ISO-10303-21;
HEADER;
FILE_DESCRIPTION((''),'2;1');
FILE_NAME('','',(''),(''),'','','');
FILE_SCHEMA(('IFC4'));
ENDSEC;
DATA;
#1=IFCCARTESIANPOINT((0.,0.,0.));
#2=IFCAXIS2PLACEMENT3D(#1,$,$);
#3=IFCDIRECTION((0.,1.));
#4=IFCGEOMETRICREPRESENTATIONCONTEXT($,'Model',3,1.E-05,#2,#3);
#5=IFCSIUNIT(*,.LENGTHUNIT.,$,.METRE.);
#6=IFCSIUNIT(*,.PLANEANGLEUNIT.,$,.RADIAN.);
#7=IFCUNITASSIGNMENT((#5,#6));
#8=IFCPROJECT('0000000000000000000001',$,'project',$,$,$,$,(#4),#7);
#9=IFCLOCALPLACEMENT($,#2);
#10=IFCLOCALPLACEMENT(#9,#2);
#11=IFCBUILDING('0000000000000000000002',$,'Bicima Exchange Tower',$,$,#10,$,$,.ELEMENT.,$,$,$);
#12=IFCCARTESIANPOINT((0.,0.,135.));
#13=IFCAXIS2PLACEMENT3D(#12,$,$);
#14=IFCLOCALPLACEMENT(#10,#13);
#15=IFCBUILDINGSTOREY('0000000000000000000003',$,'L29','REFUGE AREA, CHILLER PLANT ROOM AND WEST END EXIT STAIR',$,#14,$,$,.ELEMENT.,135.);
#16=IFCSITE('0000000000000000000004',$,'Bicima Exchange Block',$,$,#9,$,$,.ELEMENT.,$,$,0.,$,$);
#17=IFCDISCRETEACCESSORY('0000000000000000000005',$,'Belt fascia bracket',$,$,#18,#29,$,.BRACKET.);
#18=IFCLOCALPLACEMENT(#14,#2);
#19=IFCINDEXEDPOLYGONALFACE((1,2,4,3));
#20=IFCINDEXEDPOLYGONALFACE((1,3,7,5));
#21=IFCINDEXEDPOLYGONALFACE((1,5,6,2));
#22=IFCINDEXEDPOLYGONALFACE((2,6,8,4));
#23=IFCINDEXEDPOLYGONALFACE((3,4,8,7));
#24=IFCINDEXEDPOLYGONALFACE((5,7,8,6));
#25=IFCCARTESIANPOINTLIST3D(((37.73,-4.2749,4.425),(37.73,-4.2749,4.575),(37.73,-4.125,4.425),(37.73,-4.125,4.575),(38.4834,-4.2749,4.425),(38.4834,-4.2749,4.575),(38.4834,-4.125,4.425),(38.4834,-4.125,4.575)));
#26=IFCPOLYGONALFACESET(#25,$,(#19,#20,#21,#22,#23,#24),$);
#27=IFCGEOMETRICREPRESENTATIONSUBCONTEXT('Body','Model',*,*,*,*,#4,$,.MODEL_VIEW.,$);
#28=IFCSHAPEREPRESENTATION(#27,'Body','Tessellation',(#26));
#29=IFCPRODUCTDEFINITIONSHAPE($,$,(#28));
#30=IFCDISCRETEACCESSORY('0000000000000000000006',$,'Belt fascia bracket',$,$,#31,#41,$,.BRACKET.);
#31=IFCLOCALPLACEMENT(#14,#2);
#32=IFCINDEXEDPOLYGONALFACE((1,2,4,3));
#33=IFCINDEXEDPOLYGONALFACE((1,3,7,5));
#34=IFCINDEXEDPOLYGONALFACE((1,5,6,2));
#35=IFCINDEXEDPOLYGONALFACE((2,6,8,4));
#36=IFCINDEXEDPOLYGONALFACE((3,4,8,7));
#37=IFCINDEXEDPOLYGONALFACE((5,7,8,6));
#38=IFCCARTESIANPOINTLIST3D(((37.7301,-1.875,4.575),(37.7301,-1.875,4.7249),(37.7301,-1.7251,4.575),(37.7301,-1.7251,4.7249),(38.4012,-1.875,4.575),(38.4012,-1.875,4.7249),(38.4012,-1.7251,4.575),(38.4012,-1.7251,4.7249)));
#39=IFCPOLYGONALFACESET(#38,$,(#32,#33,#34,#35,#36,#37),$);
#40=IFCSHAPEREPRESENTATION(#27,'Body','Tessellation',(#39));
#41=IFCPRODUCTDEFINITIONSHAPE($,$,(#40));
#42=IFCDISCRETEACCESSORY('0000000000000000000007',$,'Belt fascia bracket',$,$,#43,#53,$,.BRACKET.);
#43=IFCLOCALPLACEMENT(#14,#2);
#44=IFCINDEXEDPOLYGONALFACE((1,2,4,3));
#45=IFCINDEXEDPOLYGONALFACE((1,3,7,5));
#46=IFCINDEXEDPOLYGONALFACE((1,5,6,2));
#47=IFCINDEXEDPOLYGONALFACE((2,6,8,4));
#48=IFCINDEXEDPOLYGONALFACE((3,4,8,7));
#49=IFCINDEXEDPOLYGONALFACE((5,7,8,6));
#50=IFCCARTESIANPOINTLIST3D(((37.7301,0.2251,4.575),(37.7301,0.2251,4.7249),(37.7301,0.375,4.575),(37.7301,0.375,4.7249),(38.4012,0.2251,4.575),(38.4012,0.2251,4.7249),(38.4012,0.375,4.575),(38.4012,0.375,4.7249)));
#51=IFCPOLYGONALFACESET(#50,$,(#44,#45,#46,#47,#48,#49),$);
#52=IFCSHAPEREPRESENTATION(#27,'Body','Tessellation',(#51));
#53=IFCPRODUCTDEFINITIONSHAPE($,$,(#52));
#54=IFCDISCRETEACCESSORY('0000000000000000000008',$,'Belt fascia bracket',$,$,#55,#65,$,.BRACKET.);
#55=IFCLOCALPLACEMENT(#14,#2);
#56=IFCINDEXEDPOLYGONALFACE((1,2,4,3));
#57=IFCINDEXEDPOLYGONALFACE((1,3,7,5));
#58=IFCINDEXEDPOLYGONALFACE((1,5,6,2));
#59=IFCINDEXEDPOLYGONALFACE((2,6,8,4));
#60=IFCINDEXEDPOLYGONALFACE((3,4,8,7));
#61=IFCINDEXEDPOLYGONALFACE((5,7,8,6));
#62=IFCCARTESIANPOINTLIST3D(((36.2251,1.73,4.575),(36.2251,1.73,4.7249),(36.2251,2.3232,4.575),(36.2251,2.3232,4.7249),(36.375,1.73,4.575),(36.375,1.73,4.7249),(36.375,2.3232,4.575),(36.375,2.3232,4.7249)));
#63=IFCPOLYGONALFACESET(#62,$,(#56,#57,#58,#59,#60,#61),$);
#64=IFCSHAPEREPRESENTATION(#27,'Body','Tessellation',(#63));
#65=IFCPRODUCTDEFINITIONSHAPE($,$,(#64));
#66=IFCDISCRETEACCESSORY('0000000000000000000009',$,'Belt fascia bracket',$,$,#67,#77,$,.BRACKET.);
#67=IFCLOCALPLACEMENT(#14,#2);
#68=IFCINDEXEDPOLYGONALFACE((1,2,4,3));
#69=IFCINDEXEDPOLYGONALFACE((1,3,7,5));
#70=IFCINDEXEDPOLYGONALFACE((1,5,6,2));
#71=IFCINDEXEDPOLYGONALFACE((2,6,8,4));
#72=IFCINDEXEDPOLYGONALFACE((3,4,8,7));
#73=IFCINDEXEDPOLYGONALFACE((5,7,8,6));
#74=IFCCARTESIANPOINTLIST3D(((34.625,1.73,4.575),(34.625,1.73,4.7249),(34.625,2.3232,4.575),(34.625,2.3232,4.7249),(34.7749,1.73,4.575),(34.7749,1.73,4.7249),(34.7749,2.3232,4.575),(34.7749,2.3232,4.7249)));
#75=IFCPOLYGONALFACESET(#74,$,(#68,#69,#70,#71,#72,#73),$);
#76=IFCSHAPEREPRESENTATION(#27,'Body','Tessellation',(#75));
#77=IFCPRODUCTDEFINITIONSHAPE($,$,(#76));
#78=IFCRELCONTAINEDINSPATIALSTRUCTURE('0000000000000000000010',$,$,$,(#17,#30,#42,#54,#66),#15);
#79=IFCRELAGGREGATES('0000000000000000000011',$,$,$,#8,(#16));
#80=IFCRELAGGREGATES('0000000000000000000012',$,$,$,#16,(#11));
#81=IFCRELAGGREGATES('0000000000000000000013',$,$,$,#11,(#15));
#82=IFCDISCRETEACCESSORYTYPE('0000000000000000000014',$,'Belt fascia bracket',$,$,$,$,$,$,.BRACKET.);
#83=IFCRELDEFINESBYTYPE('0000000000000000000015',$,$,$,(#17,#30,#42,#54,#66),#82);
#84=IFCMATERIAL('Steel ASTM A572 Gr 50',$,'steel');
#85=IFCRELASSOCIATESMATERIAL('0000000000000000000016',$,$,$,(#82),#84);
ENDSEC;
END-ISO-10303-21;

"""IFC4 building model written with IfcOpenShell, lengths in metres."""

from ifc_helpers import new_model, si_unit, direction, frame, origin, origin_2d, place, context, subcontext, project, spatial, rectangle, extrude, material, type_object, element, save


model = new_model("IFC4")

# Units and contexts
model_context = context("Model", 3, precision=1e-05, world=origin(), true_north=direction((0.0, 1.0)))
body_context = subcontext(model_context, "Body", "Model", "MODEL_VIEW")
ifc_project = project(units=[si_unit("LENGTHUNIT", "METRE"), si_unit("PLANEANGLEUNIT", "RADIAN")], contexts=[model_context])

# Site, building, storey
site_placement = place(None, origin())
site = spatial("IfcSite", under=ifc_project, at=site_placement, Name="Bicima Exchange Block", CompositionType="ELEMENT", RefElevation=0.0)
building_placement = place(site_placement, origin())
building = spatial("IfcBuilding", under=site, at=building_placement, Name="Bicima Exchange Tower", CompositionType="ELEMENT")
storey_placement = place(building_placement, frame((0.0, 0.0, 135.0)))
storey = spatial("IfcBuildingStorey", under=building, at=storey_placement, Name="L29", Description="REFUGE AREA, CHILLER PLANT ROOM AND WEST END EXIT STAIR", CompositionType="ELEMENT", Elevation=135.0)

# Shared definitions
ifc_material_1 = material(Name="Steel ASTM A572 Gr 50", Category="steel")

# Discrete accessories
discrete_accessory_type = type_object("IfcDiscreteAccessoryType", Name="Belt fascia bracket", PredefinedType="BRACKET", material=ifc_material_1)
for number, where, z_axis, x_axis, name in (
    (1, (38.1067, -4.2, 4.425), (0.0, 0.0, 1.0), (0.0, 1.0, 0.0), "Belt fascia bracket"),
):
    element("IfcDiscreteAccessory", number, at=place(storey_placement, frame(where, z_axis=z_axis, x_axis=x_axis)), inside=storey, type_object=discrete_accessory_type, Name=name, PredefinedType="BRACKET", context=body_context, shape_type="SweptSolid", body=[
        extrude(rectangle(XDim=0.1499, YDim=0.7534, at=origin_2d()), origin(), (0.0, 0.0, 1.0), 0.1499),
    ])
for number, where, z_axis, x_axis, name in (
    (2, (38.0657, -1.8, 4.575), (0.0, 0.0, 1.0), (0.0, 1.0, 0.0), "Belt fascia bracket"),
    (3, (38.0657, 0.3, 4.575), (0.0, 0.0, 1.0), (0.0, 1.0, 0.0), "Belt fascia bracket"),
):
    element("IfcDiscreteAccessory", number, at=place(storey_placement, frame(where, z_axis=z_axis, x_axis=x_axis)), inside=storey, type_object=discrete_accessory_type, Name=name, PredefinedType="BRACKET", context=body_context, shape_type="SweptSolid", body=[
        extrude(rectangle(XDim=0.1499, YDim=0.6711, at=origin_2d()), origin(), (0.0, 0.0, 1.0), 0.1499),
    ])
for number, where, z_axis, x_axis, name in (
    (4, (36.3, 2.0266, 4.575), (0.0, 0.0, 1.0), (-1.0, 0.0, 0.0), "Belt fascia bracket"),
    (5, (34.7, 2.0266, 4.575), (0.0, 0.0, 1.0), (-1.0, 0.0, 0.0), "Belt fascia bracket"),
):
    element("IfcDiscreteAccessory", number, at=place(storey_placement, frame(where, z_axis=z_axis, x_axis=x_axis)), inside=storey, type_object=discrete_accessory_type, Name=name, PredefinedType="BRACKET", context=body_context, shape_type="SweptSolid", body=[
        extrude(rectangle(XDim=0.1499, YDim=0.5933, at=origin_2d()), origin(), (0.0, 0.0, 1.0), 0.1499),
    ])

save(model, "model.ifc")
